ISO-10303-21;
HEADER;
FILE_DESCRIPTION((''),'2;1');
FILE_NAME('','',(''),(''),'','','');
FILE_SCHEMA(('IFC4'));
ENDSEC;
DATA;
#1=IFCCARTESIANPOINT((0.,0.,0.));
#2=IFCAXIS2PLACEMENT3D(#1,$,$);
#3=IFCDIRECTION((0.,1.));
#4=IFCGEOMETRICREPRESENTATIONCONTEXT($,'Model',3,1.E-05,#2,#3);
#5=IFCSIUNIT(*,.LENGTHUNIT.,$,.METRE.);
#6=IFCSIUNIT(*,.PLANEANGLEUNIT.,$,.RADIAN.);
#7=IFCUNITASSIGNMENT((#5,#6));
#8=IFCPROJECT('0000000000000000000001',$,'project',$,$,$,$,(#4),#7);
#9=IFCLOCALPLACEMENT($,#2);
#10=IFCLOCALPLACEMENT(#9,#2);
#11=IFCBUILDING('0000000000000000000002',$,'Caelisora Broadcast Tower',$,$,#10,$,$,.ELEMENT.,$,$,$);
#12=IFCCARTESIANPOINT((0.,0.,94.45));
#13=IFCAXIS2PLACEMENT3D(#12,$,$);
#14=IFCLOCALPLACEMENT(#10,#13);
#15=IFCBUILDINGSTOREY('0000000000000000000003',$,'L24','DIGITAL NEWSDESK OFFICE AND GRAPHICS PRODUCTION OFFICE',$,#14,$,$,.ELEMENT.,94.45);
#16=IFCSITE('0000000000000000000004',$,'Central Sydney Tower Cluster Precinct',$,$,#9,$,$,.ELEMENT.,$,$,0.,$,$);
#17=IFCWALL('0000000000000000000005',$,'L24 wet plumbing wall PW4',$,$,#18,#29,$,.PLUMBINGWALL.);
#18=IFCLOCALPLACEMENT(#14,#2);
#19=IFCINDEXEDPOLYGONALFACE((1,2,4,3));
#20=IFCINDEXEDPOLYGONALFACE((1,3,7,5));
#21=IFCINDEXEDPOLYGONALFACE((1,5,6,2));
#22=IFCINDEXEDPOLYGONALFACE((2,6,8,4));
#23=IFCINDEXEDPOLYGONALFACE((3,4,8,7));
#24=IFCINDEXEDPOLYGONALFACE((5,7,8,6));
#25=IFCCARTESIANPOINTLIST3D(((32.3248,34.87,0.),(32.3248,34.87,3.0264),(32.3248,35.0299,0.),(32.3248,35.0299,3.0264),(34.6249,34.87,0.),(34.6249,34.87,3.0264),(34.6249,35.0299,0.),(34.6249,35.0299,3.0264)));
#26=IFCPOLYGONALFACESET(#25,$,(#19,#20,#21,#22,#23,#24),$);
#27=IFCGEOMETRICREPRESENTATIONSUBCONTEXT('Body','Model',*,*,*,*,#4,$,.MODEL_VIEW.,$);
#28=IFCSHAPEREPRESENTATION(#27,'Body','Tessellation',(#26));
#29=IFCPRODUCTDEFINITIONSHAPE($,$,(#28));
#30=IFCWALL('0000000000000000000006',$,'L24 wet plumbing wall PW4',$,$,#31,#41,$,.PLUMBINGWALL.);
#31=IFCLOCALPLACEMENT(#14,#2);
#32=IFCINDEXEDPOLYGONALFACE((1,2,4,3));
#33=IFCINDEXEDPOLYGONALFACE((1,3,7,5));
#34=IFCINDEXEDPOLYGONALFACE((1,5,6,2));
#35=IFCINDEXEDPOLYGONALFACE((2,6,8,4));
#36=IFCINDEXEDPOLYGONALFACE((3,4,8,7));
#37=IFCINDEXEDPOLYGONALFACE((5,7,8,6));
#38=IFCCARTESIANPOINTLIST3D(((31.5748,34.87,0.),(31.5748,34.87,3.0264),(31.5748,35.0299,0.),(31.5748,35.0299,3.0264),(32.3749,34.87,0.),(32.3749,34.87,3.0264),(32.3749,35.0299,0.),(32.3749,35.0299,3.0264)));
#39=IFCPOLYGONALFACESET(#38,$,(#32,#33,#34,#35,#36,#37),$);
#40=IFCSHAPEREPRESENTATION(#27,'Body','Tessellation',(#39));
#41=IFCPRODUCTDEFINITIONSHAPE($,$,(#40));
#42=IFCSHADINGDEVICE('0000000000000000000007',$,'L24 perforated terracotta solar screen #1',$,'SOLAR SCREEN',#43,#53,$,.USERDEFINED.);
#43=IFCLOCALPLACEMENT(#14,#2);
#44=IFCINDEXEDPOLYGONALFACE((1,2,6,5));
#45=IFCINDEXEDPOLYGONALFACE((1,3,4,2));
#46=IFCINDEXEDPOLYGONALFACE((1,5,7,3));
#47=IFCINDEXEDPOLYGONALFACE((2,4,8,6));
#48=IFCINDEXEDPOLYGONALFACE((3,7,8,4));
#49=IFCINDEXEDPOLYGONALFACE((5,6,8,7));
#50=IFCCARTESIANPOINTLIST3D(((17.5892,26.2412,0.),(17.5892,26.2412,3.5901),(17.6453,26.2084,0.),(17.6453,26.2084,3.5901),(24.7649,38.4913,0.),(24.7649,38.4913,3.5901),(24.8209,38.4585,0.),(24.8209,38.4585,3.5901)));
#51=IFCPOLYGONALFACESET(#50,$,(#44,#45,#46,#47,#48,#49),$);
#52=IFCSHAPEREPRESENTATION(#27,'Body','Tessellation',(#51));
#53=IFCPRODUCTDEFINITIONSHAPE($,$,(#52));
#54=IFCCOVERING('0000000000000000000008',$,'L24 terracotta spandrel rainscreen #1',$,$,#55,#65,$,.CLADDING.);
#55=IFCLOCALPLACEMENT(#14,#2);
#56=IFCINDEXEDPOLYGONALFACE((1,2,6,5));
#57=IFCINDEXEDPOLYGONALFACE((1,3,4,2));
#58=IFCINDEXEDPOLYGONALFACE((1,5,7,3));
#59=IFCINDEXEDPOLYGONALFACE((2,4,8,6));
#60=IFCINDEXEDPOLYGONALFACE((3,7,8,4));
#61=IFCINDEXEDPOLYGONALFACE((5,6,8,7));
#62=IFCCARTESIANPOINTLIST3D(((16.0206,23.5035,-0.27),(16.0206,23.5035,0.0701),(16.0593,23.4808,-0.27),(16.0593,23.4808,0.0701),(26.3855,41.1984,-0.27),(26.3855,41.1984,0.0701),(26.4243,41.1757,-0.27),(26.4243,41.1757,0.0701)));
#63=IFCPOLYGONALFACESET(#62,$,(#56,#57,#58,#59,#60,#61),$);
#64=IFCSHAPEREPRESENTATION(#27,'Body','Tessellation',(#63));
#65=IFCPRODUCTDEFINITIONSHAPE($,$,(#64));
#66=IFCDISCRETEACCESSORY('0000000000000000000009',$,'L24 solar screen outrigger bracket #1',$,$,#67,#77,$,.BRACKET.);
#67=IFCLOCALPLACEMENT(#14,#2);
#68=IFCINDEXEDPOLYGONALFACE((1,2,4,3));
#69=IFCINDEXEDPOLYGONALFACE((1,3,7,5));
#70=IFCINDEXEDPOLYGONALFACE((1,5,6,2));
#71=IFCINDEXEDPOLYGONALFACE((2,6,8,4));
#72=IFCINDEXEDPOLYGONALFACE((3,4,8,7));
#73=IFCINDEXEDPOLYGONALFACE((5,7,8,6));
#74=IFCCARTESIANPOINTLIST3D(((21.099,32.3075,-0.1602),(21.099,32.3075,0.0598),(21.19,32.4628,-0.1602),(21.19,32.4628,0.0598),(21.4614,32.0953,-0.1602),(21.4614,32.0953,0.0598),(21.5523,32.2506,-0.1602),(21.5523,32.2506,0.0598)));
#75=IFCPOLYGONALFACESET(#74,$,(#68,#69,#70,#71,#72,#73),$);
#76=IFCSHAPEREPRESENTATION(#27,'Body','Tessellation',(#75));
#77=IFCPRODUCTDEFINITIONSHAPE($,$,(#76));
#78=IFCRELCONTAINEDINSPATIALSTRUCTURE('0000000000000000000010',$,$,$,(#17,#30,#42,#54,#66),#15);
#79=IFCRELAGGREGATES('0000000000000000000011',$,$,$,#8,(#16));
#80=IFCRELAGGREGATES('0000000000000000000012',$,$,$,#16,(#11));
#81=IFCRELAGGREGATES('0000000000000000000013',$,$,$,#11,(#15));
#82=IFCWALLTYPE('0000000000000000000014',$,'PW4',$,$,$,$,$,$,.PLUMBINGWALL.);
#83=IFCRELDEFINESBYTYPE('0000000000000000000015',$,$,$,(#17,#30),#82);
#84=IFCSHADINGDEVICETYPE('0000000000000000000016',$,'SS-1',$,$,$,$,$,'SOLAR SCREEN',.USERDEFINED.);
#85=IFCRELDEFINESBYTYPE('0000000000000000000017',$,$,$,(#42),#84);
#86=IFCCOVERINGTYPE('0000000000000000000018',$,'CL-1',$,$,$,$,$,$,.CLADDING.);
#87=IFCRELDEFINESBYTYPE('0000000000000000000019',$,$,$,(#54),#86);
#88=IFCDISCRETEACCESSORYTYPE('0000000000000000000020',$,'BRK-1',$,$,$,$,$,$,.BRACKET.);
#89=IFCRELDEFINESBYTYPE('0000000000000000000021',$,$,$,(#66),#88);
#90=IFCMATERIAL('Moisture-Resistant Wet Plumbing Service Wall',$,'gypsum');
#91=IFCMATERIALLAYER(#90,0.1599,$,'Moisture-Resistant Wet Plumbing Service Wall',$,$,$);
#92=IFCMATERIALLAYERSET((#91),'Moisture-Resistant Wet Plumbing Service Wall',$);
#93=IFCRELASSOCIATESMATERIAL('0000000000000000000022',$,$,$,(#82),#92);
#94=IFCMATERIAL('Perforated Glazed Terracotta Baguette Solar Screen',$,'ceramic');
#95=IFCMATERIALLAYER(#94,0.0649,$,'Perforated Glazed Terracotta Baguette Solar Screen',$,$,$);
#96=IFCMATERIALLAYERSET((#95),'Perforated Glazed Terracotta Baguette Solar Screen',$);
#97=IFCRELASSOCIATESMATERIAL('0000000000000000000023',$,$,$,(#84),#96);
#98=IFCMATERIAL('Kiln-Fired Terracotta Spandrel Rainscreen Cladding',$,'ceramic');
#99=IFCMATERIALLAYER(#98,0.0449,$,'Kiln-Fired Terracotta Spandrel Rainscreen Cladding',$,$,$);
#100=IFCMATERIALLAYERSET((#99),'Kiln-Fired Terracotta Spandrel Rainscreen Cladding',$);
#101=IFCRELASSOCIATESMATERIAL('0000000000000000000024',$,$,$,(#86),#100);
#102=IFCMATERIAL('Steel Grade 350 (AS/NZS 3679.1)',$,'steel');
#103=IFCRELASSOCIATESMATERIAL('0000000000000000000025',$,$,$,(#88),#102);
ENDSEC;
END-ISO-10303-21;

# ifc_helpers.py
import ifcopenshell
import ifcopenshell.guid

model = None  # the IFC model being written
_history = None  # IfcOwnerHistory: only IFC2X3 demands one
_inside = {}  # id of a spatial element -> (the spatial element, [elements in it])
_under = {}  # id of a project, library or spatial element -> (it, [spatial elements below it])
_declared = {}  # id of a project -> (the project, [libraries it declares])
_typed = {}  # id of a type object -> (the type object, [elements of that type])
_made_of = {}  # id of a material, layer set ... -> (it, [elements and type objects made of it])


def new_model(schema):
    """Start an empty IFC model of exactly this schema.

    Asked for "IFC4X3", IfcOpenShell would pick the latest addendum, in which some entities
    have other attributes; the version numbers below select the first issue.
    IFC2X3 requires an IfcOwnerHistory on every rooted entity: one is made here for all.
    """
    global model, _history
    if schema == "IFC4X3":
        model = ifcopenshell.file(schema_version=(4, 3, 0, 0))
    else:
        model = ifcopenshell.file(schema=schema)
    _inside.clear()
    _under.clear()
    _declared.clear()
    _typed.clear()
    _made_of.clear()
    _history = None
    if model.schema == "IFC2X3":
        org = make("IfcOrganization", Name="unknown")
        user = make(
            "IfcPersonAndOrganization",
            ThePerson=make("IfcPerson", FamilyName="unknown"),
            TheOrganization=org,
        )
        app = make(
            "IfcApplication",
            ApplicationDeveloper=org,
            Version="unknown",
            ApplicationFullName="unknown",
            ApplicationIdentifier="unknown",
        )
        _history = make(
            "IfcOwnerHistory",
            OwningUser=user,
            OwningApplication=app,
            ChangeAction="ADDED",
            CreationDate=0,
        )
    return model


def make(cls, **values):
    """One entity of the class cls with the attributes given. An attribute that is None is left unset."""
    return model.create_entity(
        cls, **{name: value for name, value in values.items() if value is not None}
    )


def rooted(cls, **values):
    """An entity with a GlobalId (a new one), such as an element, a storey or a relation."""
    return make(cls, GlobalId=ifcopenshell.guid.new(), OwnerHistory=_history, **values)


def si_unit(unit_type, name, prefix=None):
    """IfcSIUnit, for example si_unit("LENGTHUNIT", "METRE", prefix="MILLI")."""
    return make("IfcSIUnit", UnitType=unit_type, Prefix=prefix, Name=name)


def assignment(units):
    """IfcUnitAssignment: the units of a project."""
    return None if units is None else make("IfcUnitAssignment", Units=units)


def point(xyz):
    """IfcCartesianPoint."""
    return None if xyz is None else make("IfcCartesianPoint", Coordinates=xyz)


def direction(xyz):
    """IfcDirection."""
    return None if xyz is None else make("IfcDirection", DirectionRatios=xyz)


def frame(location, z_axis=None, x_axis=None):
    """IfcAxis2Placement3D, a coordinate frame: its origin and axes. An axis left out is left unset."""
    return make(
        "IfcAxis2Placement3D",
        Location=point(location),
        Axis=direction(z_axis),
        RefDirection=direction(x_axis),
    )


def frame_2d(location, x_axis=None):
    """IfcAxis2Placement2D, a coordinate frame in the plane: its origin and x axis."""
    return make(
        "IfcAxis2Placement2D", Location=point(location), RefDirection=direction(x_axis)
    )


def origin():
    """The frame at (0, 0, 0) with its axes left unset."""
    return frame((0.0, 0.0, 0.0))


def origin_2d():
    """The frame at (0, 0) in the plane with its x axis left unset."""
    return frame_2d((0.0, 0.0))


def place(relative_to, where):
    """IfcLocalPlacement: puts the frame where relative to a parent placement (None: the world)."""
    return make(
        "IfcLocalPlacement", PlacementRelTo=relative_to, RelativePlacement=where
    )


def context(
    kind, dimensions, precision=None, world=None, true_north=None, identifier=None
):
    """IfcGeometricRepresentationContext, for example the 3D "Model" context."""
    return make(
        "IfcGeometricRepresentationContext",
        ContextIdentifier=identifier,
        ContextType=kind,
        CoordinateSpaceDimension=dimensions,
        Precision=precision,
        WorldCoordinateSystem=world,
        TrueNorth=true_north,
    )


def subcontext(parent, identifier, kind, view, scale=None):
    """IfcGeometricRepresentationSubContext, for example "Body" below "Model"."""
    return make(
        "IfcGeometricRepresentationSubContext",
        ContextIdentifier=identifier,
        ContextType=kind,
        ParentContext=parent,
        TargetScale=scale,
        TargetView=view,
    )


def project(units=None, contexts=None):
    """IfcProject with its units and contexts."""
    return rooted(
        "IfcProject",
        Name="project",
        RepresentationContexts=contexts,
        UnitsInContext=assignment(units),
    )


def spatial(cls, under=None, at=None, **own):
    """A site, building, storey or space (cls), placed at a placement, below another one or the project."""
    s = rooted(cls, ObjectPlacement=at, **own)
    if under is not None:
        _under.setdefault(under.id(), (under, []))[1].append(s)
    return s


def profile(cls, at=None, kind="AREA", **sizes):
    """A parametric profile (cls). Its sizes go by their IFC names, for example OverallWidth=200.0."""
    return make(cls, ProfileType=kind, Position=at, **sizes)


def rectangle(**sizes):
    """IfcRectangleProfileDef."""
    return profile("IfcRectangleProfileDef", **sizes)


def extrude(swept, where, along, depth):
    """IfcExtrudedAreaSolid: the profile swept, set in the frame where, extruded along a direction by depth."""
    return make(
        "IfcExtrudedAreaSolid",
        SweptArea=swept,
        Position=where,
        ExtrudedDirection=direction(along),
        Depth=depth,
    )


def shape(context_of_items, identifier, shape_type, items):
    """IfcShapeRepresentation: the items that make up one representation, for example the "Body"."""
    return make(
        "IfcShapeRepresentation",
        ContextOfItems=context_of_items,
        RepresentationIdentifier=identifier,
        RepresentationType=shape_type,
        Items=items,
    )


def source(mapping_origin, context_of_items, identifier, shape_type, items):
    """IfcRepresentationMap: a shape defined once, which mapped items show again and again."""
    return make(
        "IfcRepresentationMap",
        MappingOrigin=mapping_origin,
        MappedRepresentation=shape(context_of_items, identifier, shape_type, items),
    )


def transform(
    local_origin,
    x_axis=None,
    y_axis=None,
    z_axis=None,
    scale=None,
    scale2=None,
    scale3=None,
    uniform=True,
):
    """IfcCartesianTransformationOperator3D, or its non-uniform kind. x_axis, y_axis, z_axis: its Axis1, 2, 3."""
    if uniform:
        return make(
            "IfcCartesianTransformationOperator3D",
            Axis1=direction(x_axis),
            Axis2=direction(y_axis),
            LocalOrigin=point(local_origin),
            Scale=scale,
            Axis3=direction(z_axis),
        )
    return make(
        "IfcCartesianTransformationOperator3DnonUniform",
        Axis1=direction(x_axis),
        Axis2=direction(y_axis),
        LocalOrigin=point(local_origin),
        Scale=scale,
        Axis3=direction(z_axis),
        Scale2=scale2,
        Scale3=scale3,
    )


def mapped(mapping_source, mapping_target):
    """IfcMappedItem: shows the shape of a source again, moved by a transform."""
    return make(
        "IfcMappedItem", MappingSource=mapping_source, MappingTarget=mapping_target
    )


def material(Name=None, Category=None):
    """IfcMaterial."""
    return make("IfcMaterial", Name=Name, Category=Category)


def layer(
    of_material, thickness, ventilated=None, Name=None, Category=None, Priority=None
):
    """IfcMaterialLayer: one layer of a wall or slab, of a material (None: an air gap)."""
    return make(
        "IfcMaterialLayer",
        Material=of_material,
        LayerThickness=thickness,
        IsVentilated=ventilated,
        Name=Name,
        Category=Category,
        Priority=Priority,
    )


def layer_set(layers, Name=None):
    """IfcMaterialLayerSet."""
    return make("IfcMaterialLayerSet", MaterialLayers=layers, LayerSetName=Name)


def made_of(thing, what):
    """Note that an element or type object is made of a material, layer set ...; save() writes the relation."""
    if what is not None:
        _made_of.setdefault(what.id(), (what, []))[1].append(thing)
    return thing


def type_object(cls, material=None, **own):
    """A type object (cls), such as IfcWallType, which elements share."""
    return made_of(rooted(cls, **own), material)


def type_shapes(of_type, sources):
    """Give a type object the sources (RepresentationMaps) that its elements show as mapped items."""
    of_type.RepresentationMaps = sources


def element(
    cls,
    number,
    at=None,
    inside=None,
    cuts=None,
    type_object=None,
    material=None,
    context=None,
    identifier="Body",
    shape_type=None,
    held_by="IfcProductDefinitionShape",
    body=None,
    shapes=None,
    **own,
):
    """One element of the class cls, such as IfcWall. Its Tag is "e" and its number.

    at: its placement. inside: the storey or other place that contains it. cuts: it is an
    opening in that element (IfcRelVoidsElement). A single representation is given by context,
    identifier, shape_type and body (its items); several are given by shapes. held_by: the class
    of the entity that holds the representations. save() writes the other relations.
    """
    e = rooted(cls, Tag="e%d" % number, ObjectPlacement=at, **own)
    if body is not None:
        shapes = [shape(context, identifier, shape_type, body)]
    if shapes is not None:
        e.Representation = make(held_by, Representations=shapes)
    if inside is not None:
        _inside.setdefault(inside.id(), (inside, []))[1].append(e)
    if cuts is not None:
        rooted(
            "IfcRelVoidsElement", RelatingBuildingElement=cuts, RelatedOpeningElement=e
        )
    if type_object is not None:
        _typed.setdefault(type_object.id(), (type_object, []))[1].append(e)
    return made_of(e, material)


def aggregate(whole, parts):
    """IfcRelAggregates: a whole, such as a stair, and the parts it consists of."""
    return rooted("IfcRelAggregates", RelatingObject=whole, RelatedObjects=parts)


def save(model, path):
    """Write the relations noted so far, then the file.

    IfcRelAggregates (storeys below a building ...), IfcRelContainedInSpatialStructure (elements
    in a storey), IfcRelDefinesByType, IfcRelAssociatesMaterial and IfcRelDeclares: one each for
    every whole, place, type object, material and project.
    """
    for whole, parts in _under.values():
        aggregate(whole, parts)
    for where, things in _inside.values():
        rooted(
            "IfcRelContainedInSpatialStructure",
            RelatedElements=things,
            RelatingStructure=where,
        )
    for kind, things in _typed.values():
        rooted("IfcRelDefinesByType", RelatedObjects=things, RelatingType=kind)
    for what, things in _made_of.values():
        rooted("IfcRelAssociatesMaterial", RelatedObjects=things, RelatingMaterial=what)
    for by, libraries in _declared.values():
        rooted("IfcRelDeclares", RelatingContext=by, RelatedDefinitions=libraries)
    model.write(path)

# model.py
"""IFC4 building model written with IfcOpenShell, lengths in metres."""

from ifc_helpers import new_model, si_unit, direction, frame, frame_2d, origin, origin_2d, place, context, subcontext, project, spatial, rectangle, extrude, source, transform, mapped, material, layer, layer_set, type_object, type_shapes, element, save


model = new_model("IFC4")

# Units and contexts
model_context = context("Model", 3, precision=1e-05, world=origin(), true_north=direction((0.0, 1.0)))
body_context = subcontext(model_context, "Body", "Model", "MODEL_VIEW")
ifc_project = project(units=[si_unit("LENGTHUNIT", "METRE"), si_unit("PLANEANGLEUNIT", "RADIAN")], contexts=[model_context])

# Site, building, storey
site_placement = place(None, origin())
site = spatial("IfcSite", under=ifc_project, at=site_placement, Name="Central Sydney Tower Cluster Precinct", CompositionType="ELEMENT", RefElevation=0.0)
building_placement = place(site_placement, origin())
building = spatial("IfcBuilding", under=site, at=building_placement, Name="Caelisora Broadcast Tower", CompositionType="ELEMENT")
storey_placement = place(building_placement, frame((0.0, 0.0, 94.45)))
storey = spatial("IfcBuildingStorey", under=building, at=storey_placement, Name="L24", Description="DIGITAL NEWSDESK OFFICE AND GRAPHICS PRODUCTION OFFICE", CompositionType="ELEMENT", Elevation=94.45)

# Shared definitions
ifc_material_1 = material(Name="Steel Grade 350 (AS/NZS 3679.1)", Category="steel")

# Shared definitions
ifc_material_2 = material(Name="Moisture-Resistant Wet Plumbing Service Wall", Category="gypsum")
ifc_layer_1 = layer(ifc_material_2, 0.1599, Name="Moisture-Resistant Wet Plumbing Service Wall")
ifc_layer_set_1 = layer_set([ifc_layer_1], Name="Moisture-Resistant Wet Plumbing Service Wall")
wall_type_1 = type_object("IfcWallType", Name="PW4", PredefinedType="PLUMBINGWALL", material=ifc_layer_set_1)

# Walls
wall_1_placement = place(storey_placement, frame((32.325, 34.95, 0.0), z_axis=(0.0, 0.0, 1.0), x_axis=(1.0, 0.0, 0.0)))
element("IfcWall", 1, at=wall_1_placement, inside=storey, type_object=wall_type_1, Name="L24 wet plumbing wall PW4", PredefinedType="PLUMBINGWALL", context=body_context, shape_type="SweptSolid", body=[
    extrude(rectangle(XDim=2.3, YDim=0.1599, at=frame_2d((1.1499, 0.0))), origin(), (0.0, 0.0, 1.0), 3.0264),
])
wall_2_placement = place(storey_placement, frame((31.575, 34.95, 0.0), z_axis=(0.0, 0.0, 1.0), x_axis=(1.0, 0.0, 0.0)))
element("IfcWall", 2, at=wall_2_placement, inside=storey, type_object=wall_type_1, Name="L24 wet plumbing wall PW4", PredefinedType="PLUMBINGWALL", context=body_context, shape_type="SweptSolid", body=[
    extrude(rectangle(XDim=0.8, YDim=0.1599, at=frame_2d((0.3999, 0.0))), origin(), (0.0, 0.0, 1.0), 3.0264),
])

# Shading device
ifc_material_3 = material(Name="Perforated Glazed Terracotta Baguette Solar Screen", Category="ceramic")
ifc_layer_2 = layer(ifc_material_3, 0.0649, Name="Perforated Glazed Terracotta Baguette Solar Screen")
ifc_layer_set_2 = layer_set([ifc_layer_2], Name="Perforated Glazed Terracotta Baguette Solar Screen")
shading_device_type = type_object("IfcShadingDeviceType", Name="SS-1", ElementType="SOLAR SCREEN", PredefinedType="USERDEFINED", material=ifc_layer_set_2)
shared_shape_1 = source(origin(), body_context, "Body", "SweptSolid", [
    extrude(rectangle(XDim=14.197, YDim=0.0649, at=origin_2d()), origin(), (0.0, 0.0, 1.0), 3.5901),
])
type_shapes(shading_device_type, [shared_shape_1])
shading_device_placement = place(storey_placement, frame((21.2051, 32.3499, 0.0), z_axis=(0.0, 0.0, 1.0), x_axis=(-0.505431, -0.862867, 0.0)))
element("IfcShadingDevice", 3, at=shading_device_placement, inside=storey, type_object=shading_device_type, Name="L24 perforated terracotta solar screen #1", ObjectType="SOLAR SCREEN", PredefinedType="USERDEFINED", context=body_context, shape_type="MappedRepresentation", body=[
    mapped(shared_shape_1, transform((0.0, 0.0, 0.0), scale=1.0)),
])

# Covering
ifc_material_4 = material(Name="Kiln-Fired Terracotta Spandrel Rainscreen Cladding", Category="ceramic")
ifc_layer_3 = layer(ifc_material_4, 0.0449, Name="Kiln-Fired Terracotta Spandrel Rainscreen Cladding")
ifc_layer_set_3 = layer_set([ifc_layer_3], Name="Kiln-Fired Terracotta Spandrel Rainscreen Cladding")
covering_type = type_object("IfcCoveringType", Name="CL-1", PredefinedType="CLADDING", material=ifc_layer_set_3)
shared_shape_2 = source(origin(), body_context, "Body", "SweptSolid", [
    extrude(rectangle(XDim=20.5071, YDim=0.0449, at=origin_2d()), origin(), (0.0, 0.0, 1.0), 0.3401),
])
type_shapes(covering_type, [shared_shape_2])
covering_placement = place(storey_placement, frame((21.2224, 32.3396, -0.27), z_axis=(0.0, 0.0, 1.0), x_axis=(-0.505431, -0.862867, 0.0)))
element("IfcCovering", 4, at=covering_placement, inside=storey, type_object=covering_type, Name="L24 terracotta spandrel rainscreen #1", PredefinedType="CLADDING", context=body_context, shape_type="MappedRepresentation", body=[
    mapped(shared_shape_2, transform((0.0, 0.0, 0.0), scale=1.0)),
])

# Discrete accessory
discrete_accessory_type = type_object("IfcDiscreteAccessoryType", Name="BRK-1", PredefinedType="BRACKET", material=ifc_material_1)
shared_shape_3 = source(origin(), body_context, "Body", "SweptSolid", [
    extrude(rectangle(XDim=0.1799, YDim=0.4199, at=origin_2d()), origin(), (0.0, 0.0, 1.0), 0.22),
])
type_shapes(discrete_accessory_type, [shared_shape_3])
discrete_accessory_placement = place(storey_placement, frame((21.3257, 32.2791, -0.1602), z_axis=(0.0, 0.0, 1.0), x_axis=(-0.505431, -0.862867, 0.0)))
element("IfcDiscreteAccessory", 5, at=discrete_accessory_placement, inside=storey, type_object=discrete_accessory_type, Name="L24 solar screen outrigger bracket #1", PredefinedType="BRACKET", context=body_context, shape_type="MappedRepresentation", body=[
    mapped(shared_shape_3, transform((0.0, 0.0, 0.0), scale=1.0)),
])

save(model, "model.ifc")
